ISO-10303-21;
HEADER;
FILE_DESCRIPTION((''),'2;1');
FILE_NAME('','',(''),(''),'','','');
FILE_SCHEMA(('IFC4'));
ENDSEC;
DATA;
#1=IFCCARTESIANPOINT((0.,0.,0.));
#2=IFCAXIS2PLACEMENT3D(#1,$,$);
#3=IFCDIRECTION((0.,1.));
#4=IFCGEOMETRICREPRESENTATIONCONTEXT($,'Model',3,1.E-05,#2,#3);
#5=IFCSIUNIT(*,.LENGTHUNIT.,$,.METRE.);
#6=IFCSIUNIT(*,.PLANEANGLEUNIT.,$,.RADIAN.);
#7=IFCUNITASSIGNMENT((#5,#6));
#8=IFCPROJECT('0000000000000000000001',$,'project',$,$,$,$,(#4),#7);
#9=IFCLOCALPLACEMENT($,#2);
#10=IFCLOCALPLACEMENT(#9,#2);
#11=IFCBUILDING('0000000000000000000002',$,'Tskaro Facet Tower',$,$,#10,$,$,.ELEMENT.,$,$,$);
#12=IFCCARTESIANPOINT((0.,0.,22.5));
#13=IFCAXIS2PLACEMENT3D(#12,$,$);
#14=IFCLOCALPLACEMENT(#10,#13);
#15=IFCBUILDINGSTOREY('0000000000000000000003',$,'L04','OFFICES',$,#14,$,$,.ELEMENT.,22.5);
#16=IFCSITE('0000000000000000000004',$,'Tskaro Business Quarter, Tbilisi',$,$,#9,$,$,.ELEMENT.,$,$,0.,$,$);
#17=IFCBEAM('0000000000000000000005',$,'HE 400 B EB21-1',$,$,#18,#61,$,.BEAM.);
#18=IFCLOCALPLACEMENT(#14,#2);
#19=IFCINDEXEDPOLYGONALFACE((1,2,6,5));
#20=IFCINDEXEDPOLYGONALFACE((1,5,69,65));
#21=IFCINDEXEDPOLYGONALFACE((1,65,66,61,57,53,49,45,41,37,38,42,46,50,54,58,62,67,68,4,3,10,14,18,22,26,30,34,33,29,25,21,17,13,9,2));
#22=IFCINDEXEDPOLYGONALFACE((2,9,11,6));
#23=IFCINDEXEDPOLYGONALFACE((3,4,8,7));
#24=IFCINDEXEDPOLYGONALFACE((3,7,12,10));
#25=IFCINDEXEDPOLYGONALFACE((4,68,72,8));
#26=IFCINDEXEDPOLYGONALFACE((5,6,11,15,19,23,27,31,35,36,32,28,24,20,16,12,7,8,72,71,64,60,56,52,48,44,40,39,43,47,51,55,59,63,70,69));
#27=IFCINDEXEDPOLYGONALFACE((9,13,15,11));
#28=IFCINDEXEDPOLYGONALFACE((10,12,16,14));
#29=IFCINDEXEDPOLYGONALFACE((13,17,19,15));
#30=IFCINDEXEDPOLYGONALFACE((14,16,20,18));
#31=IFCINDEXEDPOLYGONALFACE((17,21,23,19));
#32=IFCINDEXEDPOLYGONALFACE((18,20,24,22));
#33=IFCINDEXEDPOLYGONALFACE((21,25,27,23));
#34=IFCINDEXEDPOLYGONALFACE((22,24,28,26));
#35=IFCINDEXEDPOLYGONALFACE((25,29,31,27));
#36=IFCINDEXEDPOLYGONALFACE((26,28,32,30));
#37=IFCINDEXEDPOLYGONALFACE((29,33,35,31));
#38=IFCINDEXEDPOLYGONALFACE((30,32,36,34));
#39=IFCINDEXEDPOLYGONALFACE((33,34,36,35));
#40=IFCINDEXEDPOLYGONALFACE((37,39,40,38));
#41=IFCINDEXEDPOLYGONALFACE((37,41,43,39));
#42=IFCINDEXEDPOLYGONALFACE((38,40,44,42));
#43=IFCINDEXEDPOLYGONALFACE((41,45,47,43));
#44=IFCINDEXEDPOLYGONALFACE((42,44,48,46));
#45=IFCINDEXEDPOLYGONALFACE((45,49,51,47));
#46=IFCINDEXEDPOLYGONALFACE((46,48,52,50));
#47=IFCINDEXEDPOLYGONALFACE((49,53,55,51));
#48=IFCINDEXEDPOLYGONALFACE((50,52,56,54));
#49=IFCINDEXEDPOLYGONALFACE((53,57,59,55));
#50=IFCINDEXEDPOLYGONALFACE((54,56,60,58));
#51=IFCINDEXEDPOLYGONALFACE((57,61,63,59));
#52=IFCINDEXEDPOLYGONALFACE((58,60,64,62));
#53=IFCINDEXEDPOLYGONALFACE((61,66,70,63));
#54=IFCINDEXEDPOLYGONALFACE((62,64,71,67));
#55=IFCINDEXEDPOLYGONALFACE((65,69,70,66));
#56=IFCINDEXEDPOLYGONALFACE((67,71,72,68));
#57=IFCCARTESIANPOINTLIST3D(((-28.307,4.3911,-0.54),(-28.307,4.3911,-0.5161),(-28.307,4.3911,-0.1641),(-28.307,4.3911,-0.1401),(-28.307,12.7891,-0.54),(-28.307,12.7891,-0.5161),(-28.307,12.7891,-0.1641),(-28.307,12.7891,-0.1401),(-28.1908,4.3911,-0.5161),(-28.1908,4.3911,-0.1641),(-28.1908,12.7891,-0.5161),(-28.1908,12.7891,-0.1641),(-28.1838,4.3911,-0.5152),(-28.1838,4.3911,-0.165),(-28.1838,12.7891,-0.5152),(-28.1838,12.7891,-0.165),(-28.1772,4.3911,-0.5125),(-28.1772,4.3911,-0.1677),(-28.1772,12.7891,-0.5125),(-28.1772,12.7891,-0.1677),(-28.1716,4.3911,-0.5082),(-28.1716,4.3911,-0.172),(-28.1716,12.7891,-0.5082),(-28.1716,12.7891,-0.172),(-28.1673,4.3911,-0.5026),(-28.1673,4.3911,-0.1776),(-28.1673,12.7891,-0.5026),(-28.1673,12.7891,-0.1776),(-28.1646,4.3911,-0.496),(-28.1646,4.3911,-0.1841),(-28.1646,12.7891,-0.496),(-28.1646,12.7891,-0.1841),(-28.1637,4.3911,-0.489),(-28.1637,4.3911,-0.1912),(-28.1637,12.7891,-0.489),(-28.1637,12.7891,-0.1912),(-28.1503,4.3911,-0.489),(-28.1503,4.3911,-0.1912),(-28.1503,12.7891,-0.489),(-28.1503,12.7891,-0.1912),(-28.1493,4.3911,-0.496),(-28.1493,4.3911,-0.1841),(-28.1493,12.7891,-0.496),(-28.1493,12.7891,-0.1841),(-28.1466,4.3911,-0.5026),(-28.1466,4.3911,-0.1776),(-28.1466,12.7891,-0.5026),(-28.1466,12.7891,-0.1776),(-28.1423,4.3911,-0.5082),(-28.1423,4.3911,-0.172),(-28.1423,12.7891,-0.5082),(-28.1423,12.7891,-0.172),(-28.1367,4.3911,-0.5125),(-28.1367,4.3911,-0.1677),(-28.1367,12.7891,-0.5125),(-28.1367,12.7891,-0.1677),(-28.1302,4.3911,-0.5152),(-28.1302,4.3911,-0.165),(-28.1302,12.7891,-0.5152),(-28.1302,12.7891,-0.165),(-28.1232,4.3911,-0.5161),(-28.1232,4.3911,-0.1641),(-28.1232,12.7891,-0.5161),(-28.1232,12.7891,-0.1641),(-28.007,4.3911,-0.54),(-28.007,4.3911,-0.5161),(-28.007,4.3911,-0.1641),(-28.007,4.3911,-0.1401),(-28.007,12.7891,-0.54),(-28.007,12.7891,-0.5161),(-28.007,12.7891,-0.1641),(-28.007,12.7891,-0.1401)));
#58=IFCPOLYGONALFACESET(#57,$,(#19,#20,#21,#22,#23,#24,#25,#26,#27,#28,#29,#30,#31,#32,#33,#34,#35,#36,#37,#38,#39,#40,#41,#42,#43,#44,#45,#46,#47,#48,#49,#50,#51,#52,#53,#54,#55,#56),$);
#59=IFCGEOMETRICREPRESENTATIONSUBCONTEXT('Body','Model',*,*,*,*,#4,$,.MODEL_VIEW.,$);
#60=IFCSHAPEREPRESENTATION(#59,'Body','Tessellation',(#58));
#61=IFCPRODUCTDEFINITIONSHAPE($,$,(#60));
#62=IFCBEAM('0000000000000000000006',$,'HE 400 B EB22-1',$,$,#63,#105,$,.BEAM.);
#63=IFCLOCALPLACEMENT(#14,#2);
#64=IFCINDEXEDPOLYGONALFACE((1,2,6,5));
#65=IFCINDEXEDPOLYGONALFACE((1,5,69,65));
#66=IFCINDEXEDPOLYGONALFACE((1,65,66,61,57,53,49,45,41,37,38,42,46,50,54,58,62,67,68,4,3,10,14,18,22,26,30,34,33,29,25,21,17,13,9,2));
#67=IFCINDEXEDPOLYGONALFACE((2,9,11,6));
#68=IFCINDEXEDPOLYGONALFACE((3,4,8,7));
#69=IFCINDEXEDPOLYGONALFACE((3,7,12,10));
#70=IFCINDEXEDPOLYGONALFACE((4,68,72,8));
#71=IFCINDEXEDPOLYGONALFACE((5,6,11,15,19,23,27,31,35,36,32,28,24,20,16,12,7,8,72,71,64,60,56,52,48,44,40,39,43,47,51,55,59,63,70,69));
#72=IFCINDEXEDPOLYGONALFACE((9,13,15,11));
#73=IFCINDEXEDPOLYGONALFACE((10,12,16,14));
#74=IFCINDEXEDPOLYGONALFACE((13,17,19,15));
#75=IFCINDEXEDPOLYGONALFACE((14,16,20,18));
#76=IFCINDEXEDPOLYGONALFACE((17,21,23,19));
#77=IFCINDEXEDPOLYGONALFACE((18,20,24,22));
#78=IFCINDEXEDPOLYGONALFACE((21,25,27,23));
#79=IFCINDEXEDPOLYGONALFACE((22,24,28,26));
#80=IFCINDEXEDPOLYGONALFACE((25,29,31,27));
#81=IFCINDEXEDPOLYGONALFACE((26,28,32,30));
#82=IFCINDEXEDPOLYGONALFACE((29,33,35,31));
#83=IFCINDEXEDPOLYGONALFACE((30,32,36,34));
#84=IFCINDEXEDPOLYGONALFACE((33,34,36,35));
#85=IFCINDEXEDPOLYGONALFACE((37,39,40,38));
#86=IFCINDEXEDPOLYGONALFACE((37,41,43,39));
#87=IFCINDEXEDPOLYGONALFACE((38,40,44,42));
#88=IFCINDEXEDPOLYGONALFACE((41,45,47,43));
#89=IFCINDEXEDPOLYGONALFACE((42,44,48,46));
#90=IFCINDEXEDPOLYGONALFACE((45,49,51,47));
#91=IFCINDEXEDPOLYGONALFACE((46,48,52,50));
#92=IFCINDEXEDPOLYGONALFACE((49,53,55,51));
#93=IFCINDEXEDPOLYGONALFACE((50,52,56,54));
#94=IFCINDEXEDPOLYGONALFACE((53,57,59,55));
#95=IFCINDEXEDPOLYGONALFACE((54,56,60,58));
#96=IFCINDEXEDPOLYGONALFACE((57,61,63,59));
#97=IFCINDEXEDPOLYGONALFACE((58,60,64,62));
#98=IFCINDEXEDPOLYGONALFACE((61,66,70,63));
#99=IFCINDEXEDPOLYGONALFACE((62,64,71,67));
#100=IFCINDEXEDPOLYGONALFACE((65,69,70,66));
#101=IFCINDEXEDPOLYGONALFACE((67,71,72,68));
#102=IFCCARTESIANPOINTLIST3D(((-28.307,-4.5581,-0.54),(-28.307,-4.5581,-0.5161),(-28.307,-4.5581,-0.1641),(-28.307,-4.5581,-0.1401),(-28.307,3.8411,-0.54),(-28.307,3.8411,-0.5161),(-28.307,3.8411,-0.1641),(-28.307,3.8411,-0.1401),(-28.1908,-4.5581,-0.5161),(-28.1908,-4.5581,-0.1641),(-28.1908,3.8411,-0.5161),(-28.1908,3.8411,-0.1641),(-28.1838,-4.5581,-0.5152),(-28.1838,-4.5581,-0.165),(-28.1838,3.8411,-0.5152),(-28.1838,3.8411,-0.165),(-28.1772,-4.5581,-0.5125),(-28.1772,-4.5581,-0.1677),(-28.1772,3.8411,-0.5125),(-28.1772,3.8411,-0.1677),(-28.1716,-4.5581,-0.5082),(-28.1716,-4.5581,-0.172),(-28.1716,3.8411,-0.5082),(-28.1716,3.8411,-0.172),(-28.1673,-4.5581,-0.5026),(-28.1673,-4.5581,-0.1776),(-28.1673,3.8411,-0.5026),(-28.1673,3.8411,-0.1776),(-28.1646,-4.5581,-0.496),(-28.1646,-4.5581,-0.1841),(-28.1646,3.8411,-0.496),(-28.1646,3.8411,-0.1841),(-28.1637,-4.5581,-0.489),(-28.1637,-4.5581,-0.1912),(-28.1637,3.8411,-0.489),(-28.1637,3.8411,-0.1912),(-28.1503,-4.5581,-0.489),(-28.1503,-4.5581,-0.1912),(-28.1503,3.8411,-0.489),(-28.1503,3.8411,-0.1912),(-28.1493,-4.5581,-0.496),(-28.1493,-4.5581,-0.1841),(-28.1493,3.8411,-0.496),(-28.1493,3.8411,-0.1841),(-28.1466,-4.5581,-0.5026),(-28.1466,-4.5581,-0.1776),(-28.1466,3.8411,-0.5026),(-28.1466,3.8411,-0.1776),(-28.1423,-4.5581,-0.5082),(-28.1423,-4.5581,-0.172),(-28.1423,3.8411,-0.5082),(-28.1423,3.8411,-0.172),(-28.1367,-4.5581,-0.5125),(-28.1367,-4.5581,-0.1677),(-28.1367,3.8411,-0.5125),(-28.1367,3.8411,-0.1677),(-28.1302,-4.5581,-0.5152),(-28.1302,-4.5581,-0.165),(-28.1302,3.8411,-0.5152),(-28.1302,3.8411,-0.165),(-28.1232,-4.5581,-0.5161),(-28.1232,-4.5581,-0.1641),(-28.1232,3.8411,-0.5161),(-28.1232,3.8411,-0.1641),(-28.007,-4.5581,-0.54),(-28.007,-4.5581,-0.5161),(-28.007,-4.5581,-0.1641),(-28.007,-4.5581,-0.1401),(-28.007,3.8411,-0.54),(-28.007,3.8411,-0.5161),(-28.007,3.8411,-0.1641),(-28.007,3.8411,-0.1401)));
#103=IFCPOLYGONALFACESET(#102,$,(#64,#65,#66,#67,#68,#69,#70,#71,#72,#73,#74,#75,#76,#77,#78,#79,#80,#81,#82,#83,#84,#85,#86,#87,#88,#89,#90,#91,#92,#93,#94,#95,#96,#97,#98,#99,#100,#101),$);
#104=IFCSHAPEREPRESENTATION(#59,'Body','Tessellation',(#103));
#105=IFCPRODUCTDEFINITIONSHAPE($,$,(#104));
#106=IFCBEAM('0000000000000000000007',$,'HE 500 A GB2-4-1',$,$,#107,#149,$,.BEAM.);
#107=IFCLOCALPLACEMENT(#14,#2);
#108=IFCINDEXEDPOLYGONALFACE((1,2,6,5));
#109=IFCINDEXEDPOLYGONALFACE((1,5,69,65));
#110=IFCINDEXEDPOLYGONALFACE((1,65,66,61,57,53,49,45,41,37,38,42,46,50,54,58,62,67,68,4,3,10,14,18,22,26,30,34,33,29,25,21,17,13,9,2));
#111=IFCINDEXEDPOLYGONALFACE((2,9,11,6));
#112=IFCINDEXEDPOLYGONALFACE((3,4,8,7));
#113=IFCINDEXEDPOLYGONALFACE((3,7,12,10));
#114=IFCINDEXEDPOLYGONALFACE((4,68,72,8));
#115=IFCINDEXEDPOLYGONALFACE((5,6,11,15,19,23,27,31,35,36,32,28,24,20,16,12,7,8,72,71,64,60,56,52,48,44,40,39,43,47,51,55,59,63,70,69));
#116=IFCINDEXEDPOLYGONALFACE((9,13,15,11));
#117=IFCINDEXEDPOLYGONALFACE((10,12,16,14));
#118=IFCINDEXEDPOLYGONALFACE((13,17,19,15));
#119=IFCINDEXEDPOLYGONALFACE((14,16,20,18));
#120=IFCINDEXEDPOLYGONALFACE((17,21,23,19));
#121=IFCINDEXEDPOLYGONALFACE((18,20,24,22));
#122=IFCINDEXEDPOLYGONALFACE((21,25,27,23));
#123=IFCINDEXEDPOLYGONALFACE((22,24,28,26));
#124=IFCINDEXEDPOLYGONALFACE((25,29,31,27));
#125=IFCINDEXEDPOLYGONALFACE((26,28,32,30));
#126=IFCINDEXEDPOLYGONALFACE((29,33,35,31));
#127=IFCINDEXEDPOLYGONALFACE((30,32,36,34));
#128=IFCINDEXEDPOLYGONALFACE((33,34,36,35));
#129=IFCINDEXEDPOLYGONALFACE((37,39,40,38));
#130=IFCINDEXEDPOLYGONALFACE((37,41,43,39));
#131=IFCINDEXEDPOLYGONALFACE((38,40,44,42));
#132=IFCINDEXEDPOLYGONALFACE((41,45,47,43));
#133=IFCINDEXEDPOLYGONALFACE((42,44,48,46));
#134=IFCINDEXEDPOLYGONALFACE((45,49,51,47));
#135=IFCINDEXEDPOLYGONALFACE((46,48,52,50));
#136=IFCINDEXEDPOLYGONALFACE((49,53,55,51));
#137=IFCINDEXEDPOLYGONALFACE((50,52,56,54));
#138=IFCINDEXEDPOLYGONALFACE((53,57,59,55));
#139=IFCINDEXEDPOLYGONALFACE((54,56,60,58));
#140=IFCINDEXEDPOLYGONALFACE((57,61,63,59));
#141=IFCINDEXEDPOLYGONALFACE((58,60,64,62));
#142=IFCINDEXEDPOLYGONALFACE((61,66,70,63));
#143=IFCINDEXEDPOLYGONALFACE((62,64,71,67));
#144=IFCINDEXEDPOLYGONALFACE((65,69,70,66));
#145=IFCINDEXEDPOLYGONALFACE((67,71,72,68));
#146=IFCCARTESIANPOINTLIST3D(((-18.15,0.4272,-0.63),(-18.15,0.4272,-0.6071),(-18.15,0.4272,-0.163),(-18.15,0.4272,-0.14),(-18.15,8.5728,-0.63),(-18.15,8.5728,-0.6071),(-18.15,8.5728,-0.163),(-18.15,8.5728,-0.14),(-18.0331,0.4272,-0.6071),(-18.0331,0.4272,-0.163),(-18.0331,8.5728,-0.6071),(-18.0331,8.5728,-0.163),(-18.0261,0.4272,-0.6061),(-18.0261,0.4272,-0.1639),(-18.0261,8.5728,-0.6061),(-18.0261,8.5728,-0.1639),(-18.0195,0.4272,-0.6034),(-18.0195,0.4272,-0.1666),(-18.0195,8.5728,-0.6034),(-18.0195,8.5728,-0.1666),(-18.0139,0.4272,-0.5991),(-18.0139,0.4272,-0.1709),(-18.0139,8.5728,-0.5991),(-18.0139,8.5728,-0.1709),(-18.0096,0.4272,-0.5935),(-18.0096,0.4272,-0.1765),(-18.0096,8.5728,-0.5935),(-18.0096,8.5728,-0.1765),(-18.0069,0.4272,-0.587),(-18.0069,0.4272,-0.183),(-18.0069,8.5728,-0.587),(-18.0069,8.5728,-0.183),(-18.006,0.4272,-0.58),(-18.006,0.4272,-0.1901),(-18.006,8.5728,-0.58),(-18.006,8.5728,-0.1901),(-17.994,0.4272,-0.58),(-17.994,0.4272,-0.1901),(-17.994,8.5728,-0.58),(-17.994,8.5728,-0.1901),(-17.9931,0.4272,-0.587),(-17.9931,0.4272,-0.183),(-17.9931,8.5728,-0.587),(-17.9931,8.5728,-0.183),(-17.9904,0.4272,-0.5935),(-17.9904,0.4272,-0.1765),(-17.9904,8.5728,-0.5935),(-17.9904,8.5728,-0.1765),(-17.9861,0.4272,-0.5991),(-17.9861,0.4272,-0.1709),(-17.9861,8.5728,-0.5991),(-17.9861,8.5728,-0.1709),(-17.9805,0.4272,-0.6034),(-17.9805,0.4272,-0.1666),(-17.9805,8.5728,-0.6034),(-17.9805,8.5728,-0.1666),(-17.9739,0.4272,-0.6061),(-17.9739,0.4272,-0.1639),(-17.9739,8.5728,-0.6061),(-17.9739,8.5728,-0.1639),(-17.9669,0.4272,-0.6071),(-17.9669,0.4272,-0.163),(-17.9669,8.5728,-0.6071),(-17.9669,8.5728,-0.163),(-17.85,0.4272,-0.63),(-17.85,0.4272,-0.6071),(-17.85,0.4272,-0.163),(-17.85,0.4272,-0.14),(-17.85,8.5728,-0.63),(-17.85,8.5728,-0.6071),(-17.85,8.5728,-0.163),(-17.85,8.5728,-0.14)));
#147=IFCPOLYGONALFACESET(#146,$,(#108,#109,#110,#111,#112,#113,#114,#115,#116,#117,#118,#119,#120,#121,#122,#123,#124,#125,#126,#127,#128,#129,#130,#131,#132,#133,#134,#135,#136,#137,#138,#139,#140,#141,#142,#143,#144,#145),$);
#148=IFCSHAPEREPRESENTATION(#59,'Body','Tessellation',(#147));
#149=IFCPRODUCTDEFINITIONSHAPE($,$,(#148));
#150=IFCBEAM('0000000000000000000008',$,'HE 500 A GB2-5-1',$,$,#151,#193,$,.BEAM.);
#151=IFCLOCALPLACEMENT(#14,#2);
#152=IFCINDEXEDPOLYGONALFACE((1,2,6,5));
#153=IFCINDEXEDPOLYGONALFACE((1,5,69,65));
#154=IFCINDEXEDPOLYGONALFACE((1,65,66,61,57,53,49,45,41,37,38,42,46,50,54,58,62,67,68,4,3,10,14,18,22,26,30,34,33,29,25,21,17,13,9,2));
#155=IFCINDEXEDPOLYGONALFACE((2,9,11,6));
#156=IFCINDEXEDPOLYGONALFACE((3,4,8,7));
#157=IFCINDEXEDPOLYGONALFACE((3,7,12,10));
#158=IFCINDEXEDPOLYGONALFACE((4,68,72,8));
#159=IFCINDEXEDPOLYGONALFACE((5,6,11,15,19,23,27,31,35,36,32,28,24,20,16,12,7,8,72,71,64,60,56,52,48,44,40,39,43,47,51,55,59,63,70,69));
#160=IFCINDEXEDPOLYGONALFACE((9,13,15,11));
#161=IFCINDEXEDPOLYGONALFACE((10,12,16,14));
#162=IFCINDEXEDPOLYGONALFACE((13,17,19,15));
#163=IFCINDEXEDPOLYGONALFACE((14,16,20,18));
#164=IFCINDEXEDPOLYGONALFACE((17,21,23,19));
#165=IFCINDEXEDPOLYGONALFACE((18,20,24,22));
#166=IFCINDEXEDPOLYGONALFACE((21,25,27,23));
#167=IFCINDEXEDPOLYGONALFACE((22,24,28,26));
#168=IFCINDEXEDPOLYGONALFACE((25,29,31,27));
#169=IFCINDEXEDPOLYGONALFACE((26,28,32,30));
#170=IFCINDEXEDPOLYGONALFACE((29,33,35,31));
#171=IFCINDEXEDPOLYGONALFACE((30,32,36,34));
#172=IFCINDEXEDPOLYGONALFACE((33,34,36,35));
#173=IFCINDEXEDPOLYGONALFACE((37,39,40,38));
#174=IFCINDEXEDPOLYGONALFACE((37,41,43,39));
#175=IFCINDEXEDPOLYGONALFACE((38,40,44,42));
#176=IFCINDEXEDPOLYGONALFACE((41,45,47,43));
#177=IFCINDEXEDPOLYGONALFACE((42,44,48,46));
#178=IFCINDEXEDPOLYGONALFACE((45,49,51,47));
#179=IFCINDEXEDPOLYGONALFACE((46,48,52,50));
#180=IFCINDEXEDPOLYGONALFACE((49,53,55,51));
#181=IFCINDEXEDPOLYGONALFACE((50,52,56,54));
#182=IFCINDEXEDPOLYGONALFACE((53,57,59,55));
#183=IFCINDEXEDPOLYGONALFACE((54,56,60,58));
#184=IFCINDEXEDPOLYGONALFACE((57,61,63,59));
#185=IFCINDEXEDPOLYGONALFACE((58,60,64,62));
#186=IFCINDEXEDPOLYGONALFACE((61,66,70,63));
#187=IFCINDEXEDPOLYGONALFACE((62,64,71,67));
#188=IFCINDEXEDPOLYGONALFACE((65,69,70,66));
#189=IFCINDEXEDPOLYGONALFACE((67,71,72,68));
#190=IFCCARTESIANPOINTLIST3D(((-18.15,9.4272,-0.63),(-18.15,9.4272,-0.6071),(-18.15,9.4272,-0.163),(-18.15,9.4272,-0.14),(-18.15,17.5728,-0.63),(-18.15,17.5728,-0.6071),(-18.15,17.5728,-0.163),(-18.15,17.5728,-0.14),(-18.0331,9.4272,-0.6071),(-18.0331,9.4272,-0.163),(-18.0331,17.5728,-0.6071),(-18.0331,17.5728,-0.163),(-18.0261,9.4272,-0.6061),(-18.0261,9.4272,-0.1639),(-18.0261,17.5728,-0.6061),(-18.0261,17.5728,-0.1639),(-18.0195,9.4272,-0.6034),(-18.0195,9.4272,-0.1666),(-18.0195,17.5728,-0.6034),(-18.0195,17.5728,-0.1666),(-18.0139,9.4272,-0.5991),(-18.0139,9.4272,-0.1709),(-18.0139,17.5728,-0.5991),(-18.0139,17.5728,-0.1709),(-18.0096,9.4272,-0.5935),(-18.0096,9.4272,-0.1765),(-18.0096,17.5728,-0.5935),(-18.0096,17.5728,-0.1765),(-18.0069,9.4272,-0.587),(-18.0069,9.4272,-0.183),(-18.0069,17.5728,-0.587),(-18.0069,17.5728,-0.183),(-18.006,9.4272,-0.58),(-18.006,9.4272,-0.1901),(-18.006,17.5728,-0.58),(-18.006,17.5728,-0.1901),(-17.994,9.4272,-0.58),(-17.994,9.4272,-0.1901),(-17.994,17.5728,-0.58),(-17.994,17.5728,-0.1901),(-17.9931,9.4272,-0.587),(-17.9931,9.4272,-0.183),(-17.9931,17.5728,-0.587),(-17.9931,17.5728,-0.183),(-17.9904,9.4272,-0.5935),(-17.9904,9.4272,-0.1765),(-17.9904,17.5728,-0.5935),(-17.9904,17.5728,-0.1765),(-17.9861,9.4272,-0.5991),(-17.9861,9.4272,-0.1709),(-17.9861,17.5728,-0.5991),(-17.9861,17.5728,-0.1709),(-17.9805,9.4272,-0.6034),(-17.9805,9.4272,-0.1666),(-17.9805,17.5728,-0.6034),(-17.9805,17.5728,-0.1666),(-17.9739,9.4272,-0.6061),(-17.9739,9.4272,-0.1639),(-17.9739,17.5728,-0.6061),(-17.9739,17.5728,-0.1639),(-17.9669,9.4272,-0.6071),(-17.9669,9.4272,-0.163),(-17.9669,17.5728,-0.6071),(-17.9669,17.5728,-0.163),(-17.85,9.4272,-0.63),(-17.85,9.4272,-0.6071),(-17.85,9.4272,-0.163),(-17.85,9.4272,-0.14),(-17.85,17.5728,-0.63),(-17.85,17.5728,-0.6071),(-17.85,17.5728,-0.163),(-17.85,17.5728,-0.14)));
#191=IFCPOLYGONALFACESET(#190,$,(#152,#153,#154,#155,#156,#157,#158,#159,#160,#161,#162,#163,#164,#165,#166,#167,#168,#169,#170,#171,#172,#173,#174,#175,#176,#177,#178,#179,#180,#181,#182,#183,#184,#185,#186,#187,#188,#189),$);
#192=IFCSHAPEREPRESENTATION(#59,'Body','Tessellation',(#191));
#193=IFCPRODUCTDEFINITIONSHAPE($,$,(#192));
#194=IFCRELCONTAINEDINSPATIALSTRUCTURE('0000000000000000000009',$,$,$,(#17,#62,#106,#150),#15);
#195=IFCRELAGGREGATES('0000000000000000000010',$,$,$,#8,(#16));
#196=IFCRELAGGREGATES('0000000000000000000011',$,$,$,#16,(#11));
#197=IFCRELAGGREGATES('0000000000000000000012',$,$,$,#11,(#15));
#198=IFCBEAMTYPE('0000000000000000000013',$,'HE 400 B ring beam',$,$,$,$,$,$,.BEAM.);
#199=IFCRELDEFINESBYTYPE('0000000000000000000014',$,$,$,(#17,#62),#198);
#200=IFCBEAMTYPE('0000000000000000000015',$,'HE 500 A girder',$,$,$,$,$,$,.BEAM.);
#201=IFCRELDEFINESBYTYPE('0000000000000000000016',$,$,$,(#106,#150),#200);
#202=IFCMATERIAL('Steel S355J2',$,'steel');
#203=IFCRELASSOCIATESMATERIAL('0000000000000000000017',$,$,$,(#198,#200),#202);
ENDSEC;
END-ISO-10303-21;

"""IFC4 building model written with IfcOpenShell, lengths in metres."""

from ifc_helpers import new_model, si_unit, direction, frame, origin, origin_2d, place, context, subcontext, project, spatial, i_section, extrude, material, material_profile, profile_set, type_object, element, save


model = new_model("IFC4")

# Units and contexts
model_context = context("Model", 3, precision=1e-05, world=origin(), true_north=direction((0.0, 1.0)))
body_context = subcontext(model_context, "Body", "Model", "MODEL_VIEW")
ifc_project = project(units=[si_unit("LENGTHUNIT", "METRE"), si_unit("PLANEANGLEUNIT", "RADIAN")], contexts=[model_context])

# Site, building, storey
site_placement = place(None, origin())
site = spatial("IfcSite", under=ifc_project, at=site_placement, Name="Tskaro Business Quarter, Tbilisi", CompositionType="ELEMENT", RefElevation=0.0)
building_placement = place(site_placement, origin())
building = spatial("IfcBuilding", under=site, at=building_placement, Name="Tskaro Facet Tower", CompositionType="ELEMENT")
storey_placement = place(building_placement, frame((0.0, 0.0, 22.5)))
storey = spatial("IfcBuildingStorey", under=building, at=storey_placement, Name="L04", Description="OFFICES", CompositionType="ELEMENT", Elevation=22.5)

# Beams
ifc_material_1 = material(Name="Steel S355J2", Category="steel")
ifc_material_profile_1 = material_profile(ifc_material_1, i_section(OverallWidth=0.3, OverallDepth=0.3999, WebThickness=0.0134, FlangeThickness=0.0239, FilletRadius=0.0271, at=origin_2d()), Name="HE 400 B")
ifc_profile_set_1 = profile_set([ifc_material_profile_1], Name="Steel S355J2")
beam_type_1 = type_object("IfcBeamType", Name="HE 400 B ring beam", PredefinedType="BEAM", material=ifc_profile_set_1)
beam_1_placement = place(storey_placement, frame((-28.157, 12.7891, -0.3401), z_axis=(0.0, -1.0, 0.0), x_axis=(1.0, 0.0, 0.0)))
element("IfcBeam", 1, at=beam_1_placement, inside=storey, type_object=beam_type_1, Name="HE 400 B EB21-1", PredefinedType="BEAM", context=body_context, shape_type="SweptSolid", body=[
    extrude(i_section(OverallWidth=0.3, OverallDepth=0.3999, WebThickness=0.0134, FlangeThickness=0.0239, FilletRadius=0.0271, at=origin_2d()), origin(), (0.0, 0.0, 1.0), 8.3979),
])
beam_2_placement = place(storey_placement, frame((-28.157, 3.8411, -0.3401), z_axis=(0.0, -1.0, 0.0), x_axis=(1.0, 0.0, 0.0)))
element("IfcBeam", 2, at=beam_2_placement, inside=storey, type_object=beam_type_1, Name="HE 400 B EB22-1", PredefinedType="BEAM", context=body_context, shape_type="SweptSolid", body=[
    extrude(i_section(OverallWidth=0.3, OverallDepth=0.3999, WebThickness=0.0134, FlangeThickness=0.0239, FilletRadius=0.0271, at=origin_2d()), origin(), (0.0, 0.0, 1.0), 8.3992),
])
ifc_material_profile_2 = material_profile(ifc_material_1, i_section(OverallWidth=0.3, OverallDepth=0.49, WebThickness=0.012, FlangeThickness=0.0229, FilletRadius=0.0271, at=origin_2d()), Name="HE 500 A")
ifc_profile_set_2 = profile_set([ifc_material_profile_2], Name="Steel S355J2")
beam_type_2 = type_object("IfcBeamType", Name="HE 500 A girder", PredefinedType="BEAM", material=ifc_profile_set_2)
for number, where, z_axis, x_axis, name in (
    (3, (-18.0, 0.4272, -0.385), (0.0, 1.0, 0.0), (-1.0, 0.0, 0.0), "HE 500 A GB2-4-1"),
    (4, (-18.0, 9.4272, -0.385), (0.0, 1.0, 0.0), (-1.0, 0.0, 0.0), "HE 500 A GB2-5-1"),
):
    element("IfcBeam", number, at=place(storey_placement, frame(where, z_axis=z_axis, x_axis=x_axis)), inside=storey, type_object=beam_type_2, Name=name, PredefinedType="BEAM", context=body_context, shape_type="SweptSolid", body=[
        extrude(i_section(OverallWidth=0.3, OverallDepth=0.49, WebThickness=0.012, FlangeThickness=0.0229, FilletRadius=0.0271, at=origin_2d()), origin(), (0.0, 0.0, 1.0), 8.1455),
    ])

save(model, "model.ifc")
